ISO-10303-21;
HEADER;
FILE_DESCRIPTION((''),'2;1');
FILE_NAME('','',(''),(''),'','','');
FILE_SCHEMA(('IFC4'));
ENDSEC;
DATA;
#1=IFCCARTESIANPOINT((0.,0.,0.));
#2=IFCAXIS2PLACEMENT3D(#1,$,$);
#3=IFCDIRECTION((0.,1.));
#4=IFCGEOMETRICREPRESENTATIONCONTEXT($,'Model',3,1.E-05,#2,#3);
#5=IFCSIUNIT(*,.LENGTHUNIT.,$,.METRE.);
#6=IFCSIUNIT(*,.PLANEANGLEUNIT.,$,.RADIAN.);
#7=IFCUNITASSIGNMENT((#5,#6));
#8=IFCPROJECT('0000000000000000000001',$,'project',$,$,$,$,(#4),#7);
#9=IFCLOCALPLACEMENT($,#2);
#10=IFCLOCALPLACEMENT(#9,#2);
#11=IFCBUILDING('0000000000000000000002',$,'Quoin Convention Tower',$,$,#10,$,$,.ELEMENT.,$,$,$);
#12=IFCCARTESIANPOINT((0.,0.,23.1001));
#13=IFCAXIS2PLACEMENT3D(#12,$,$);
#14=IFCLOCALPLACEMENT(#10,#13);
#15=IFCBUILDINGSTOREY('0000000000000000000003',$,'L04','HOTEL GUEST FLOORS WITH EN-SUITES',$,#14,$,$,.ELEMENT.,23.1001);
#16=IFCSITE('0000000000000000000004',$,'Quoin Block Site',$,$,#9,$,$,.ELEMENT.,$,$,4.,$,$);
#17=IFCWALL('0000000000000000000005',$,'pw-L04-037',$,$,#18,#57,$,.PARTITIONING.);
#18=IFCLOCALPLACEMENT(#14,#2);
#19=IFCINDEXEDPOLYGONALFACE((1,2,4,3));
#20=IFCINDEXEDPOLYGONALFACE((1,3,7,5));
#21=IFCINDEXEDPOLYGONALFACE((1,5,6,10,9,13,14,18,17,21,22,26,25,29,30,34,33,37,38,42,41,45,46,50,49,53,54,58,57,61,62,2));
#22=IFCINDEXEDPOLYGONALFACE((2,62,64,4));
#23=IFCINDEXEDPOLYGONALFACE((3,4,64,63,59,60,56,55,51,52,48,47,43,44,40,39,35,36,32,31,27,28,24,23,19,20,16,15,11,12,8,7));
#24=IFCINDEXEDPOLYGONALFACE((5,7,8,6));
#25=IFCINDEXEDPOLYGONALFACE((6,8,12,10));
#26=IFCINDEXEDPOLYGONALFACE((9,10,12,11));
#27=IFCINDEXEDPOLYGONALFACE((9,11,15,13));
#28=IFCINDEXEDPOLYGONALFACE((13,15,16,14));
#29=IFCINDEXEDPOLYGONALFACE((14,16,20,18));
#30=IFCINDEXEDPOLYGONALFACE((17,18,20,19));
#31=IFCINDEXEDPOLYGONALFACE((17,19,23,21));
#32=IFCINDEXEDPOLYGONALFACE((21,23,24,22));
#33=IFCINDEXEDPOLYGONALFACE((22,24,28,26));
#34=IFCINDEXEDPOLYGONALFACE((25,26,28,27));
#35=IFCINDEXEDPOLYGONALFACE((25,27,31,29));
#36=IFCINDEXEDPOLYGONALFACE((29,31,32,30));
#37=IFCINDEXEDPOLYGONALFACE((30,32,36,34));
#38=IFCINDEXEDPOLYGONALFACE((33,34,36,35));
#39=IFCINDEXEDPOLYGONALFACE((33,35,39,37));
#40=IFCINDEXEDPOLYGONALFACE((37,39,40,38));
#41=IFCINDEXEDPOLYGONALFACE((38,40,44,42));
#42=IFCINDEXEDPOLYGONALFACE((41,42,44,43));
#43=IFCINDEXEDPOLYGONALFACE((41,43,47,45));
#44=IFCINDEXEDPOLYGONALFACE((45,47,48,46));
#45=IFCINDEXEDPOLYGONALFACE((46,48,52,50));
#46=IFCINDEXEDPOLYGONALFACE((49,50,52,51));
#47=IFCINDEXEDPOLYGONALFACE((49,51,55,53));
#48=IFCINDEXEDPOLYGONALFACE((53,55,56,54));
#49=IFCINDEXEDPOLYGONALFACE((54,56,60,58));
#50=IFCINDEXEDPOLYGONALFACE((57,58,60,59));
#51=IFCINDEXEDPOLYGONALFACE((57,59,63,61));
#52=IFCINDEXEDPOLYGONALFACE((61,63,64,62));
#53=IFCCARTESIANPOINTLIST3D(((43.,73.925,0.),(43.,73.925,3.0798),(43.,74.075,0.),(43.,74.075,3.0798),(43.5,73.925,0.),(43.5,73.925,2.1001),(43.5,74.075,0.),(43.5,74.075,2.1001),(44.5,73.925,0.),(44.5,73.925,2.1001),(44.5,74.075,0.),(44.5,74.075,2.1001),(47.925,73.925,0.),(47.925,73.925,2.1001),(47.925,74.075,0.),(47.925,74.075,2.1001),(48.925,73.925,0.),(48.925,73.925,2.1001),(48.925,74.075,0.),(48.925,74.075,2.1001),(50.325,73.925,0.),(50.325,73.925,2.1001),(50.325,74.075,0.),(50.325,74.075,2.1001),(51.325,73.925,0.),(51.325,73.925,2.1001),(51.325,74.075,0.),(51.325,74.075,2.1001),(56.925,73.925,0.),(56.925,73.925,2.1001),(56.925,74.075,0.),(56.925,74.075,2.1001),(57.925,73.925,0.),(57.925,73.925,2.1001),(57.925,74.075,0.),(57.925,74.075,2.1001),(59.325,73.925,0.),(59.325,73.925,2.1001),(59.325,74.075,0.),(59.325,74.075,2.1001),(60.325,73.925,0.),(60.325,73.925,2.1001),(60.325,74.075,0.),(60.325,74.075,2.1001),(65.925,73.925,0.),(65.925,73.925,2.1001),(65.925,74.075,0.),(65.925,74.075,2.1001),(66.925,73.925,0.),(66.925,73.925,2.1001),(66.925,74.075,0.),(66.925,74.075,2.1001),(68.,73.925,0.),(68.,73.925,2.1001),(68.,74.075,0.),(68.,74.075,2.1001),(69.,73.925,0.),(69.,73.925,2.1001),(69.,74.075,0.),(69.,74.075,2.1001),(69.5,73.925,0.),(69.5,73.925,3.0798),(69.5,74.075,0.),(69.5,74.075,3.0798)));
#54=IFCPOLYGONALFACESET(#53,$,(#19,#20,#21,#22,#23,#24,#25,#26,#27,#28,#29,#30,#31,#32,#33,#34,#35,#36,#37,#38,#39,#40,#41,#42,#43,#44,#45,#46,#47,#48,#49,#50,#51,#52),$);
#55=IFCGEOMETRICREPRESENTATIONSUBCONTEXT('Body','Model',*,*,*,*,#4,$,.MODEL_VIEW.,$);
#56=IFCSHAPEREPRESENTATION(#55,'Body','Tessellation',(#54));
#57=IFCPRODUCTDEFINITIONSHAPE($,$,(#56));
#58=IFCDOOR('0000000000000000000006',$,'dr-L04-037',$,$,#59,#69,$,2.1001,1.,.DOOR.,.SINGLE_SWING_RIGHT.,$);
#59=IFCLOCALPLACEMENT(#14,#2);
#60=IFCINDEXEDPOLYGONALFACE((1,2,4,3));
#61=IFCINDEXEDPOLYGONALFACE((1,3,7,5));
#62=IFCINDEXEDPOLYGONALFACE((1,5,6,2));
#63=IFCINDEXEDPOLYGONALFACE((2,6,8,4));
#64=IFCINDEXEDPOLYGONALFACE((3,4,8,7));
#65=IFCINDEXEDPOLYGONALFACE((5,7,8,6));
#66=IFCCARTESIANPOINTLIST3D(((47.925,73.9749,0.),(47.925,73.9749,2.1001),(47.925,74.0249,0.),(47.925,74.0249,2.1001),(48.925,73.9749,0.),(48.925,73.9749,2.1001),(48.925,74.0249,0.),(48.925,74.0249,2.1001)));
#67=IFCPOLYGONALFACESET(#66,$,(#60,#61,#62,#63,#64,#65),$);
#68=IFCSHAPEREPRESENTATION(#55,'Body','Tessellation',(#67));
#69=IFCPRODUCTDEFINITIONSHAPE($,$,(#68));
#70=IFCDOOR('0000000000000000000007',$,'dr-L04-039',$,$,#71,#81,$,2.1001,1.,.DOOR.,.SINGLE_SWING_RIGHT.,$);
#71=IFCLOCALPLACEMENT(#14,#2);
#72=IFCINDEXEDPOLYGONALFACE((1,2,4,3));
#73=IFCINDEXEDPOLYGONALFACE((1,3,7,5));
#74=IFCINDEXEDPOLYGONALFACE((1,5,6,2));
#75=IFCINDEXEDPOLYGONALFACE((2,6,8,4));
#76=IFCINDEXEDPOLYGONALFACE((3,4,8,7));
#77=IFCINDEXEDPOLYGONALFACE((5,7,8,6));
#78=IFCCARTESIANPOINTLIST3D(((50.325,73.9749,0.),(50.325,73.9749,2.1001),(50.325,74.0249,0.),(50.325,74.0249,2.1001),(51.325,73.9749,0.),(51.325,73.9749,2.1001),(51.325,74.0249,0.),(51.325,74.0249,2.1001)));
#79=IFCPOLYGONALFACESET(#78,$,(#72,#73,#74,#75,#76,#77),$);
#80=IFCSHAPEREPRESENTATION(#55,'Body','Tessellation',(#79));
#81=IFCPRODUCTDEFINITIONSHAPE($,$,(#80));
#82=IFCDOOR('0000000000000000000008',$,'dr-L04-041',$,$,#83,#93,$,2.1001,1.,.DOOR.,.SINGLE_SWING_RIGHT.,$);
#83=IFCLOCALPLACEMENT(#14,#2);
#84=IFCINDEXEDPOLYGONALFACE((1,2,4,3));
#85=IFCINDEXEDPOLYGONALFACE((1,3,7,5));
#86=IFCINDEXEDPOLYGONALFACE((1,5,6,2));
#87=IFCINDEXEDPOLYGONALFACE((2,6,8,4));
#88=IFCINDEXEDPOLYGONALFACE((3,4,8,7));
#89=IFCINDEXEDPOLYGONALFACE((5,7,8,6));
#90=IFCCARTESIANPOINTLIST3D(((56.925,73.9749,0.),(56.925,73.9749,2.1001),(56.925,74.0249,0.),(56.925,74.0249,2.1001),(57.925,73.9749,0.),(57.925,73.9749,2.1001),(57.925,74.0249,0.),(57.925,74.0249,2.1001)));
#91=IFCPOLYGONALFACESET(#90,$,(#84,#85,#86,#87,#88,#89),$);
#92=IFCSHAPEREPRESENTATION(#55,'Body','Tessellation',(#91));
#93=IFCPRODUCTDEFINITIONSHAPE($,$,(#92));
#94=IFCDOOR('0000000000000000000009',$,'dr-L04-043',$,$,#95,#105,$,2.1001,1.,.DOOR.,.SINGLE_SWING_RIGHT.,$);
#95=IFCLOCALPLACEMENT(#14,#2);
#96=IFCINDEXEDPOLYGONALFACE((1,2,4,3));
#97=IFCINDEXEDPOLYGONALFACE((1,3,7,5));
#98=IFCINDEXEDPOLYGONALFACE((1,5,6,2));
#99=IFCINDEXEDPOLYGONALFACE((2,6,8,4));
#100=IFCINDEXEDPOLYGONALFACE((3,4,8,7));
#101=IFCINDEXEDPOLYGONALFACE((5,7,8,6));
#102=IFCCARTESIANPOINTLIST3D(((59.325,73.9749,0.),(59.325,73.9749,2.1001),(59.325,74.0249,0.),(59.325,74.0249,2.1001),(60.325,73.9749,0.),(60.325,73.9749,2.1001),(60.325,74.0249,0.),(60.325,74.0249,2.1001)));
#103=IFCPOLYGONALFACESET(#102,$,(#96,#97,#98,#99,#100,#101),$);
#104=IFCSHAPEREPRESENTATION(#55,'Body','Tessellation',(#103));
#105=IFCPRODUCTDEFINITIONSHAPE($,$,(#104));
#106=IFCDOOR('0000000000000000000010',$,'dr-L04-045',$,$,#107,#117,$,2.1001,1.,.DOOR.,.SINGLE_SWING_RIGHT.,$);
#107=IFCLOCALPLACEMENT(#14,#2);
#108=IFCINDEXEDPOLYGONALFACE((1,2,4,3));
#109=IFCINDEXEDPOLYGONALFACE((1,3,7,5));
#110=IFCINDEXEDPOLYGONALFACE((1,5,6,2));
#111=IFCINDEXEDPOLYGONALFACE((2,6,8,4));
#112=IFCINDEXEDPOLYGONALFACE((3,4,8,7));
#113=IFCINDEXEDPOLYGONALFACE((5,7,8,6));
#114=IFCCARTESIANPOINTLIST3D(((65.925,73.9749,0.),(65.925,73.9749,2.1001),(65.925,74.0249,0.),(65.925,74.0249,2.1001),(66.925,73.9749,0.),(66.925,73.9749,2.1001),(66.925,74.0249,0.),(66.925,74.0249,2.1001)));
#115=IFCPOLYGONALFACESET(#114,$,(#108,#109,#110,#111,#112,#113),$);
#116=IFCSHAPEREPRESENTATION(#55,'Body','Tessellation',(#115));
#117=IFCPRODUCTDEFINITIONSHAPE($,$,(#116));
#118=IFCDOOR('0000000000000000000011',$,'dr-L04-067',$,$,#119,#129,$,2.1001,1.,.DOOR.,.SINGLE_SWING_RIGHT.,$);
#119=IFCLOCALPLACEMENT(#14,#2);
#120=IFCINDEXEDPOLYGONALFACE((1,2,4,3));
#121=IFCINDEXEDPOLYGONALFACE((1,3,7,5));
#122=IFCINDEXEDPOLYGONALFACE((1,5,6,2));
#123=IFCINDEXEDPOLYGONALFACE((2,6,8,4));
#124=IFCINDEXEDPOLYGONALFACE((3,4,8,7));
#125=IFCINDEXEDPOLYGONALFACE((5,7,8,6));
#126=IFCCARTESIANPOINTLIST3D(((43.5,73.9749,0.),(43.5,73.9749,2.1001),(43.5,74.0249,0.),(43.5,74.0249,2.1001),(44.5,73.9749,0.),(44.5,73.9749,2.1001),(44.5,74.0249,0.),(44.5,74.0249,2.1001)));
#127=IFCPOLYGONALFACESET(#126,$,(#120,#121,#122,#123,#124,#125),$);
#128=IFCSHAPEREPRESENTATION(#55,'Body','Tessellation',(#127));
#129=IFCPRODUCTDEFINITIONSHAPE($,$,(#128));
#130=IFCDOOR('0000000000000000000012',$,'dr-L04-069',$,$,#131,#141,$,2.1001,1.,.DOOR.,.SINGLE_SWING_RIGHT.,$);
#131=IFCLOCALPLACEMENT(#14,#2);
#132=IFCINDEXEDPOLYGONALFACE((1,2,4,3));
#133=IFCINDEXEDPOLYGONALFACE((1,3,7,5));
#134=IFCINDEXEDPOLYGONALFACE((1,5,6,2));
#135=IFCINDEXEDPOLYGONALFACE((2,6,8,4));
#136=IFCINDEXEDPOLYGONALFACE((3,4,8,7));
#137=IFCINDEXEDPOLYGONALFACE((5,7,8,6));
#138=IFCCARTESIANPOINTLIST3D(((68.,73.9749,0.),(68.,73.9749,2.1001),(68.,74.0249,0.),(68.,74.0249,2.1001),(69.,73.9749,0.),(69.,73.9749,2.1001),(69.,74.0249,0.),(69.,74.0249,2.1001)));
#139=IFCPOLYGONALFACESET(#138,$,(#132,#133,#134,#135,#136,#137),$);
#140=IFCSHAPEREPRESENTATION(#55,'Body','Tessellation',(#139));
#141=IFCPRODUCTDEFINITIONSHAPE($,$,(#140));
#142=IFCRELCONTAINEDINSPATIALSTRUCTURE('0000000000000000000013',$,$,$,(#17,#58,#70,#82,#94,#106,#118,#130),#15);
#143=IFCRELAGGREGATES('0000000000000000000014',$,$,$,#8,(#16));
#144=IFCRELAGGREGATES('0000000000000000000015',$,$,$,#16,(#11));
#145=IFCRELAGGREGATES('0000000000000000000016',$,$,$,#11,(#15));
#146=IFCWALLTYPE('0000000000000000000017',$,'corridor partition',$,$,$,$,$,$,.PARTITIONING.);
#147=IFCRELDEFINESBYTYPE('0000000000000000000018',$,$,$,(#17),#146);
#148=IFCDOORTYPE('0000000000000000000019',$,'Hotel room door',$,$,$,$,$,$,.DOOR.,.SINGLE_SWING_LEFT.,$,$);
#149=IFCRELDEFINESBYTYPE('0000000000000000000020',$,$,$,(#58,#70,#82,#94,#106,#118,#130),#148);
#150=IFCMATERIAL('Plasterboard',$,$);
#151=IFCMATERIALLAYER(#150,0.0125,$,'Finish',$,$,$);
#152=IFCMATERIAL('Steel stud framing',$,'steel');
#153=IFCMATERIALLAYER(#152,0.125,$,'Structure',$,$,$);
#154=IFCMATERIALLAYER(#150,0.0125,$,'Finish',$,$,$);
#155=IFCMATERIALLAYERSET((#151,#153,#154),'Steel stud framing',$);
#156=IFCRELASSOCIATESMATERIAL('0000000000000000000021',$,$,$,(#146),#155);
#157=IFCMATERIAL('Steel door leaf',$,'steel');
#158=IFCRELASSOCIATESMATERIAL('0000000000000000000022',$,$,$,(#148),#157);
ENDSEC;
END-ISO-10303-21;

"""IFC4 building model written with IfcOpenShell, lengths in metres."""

from ifc_helpers import new_model, si_unit, direction, frame, frame_2d, origin, place, context, subcontext, project, spatial, rectangle, extrude, material, layer, layer_set, type_object, element, fill, save


model = new_model("IFC4")

# Units and contexts
model_context = context("Model", 3, precision=1e-05, world=origin(), true_north=direction((0.0, 1.0)))
body_context = subcontext(model_context, "Body", "Model", "MODEL_VIEW")
ifc_project = project(units=[si_unit("LENGTHUNIT", "METRE"), si_unit("PLANEANGLEUNIT", "RADIAN")], contexts=[model_context])

# Site, building, storey
site_placement = place(None, origin())
site = spatial("IfcSite", under=ifc_project, at=site_placement, Name="Quoin Block Site", CompositionType="ELEMENT", RefElevation=4.0)
building_placement = place(site_placement, origin())
building = spatial("IfcBuilding", under=site, at=building_placement, Name="Quoin Convention Tower", CompositionType="ELEMENT")
storey_placement = place(building_placement, frame((0.0, 0.0, 23.1001)))
storey = spatial("IfcBuildingStorey", under=building, at=storey_placement, Name="L04", Description="HOTEL GUEST FLOORS WITH EN-SUITES", CompositionType="ELEMENT", Elevation=23.1001)

# Shared definitions
ifc_material_1 = material(Name="Plasterboard")
ifc_material_2 = material(Name="Steel stud framing", Category="steel")
ifc_material_3 = material(Name="Steel door leaf", Category="steel")

# Wall, openings, doors
ifc_layer_1 = layer(ifc_material_1, 0.0125, Name="Finish")
ifc_layer_2 = layer(ifc_material_2, 0.125, Name="Structure")
ifc_layer_3 = layer(ifc_material_1, 0.0125, Name="Finish")
ifc_layer_set_1 = layer_set([ifc_layer_1, ifc_layer_2, ifc_layer_3], Name="Steel stud framing")
wall_type_1 = type_object("IfcWallType", Name="corridor partition", PredefinedType="PARTITIONING", material=ifc_layer_set_1)
wall_1_placement = place(storey_placement, frame((43.0, 74.0, 0.0), z_axis=(0.0, 0.0, 1.0), x_axis=(1.0, 0.0, 0.0)))
wall_1 = element("IfcWall", 1, at=wall_1_placement, inside=storey, type_object=wall_type_1, Name="pw-L04-037", PredefinedType="PARTITIONING", context=body_context, shape_type="SweptSolid", body=[
    extrude(rectangle(XDim=26.5, YDim=0.1499, at=frame_2d((13.25, 0.0))), origin(), (0.0, 0.0, 1.0), 3.0798),
])
opening_1_placement = place(wall_1_placement, frame((4.925, 0.0, 0.0)))
opening_1 = element("IfcOpeningElement", 2, at=opening_1_placement, cuts=wall_1, PredefinedType="OPENING", context=body_context, shape_type="SweptSolid", body=[
    extrude(rectangle(XDim=1.0, YDim=2.1001, at=frame_2d((0.5, 1.05))), frame((0.0, 0.085, 0.0), z_axis=(0.0, -1.0, 0.0), x_axis=(1.0, 0.0, 0.0)), (0.0, 0.0, 1.0), 0.1699),
])
opening_2_placement = place(wall_1_placement, frame((7.325, 0.0, 0.0)))
opening_2 = element("IfcOpeningElement", 3, at=opening_2_placement, cuts=wall_1, PredefinedType="OPENING", context=body_context, shape_type="SweptSolid", body=[
    extrude(rectangle(XDim=1.0, YDim=2.1001, at=frame_2d((0.5, 1.05))), frame((0.0, 0.085, 0.0), z_axis=(0.0, -1.0, 0.0), x_axis=(1.0, 0.0, 0.0)), (0.0, 0.0, 1.0), 0.1699),
])
opening_3_placement = place(wall_1_placement, frame((13.925, 0.0, 0.0)))
opening_3 = element("IfcOpeningElement", 4, at=opening_3_placement, cuts=wall_1, PredefinedType="OPENING", context=body_context, shape_type="SweptSolid", body=[
    extrude(rectangle(XDim=1.0, YDim=2.1001, at=frame_2d((0.5, 1.05))), frame((0.0, 0.085, 0.0), z_axis=(0.0, -1.0, 0.0), x_axis=(1.0, 0.0, 0.0)), (0.0, 0.0, 1.0), 0.1699),
])
opening_4_placement = place(wall_1_placement, frame((16.325, 0.0, 0.0)))
opening_4 = element("IfcOpeningElement", 5, at=opening_4_placement, cuts=wall_1, PredefinedType="OPENING", context=body_context, shape_type="SweptSolid", body=[
    extrude(rectangle(XDim=1.0, YDim=2.1001, at=frame_2d((0.5, 1.05))), frame((0.0, 0.085, 0.0), z_axis=(0.0, -1.0, 0.0), x_axis=(1.0, 0.0, 0.0)), (0.0, 0.0, 1.0), 0.1699),
])
opening_5_placement = place(wall_1_placement, frame((22.925, 0.0, 0.0)))
opening_5 = element("IfcOpeningElement", 6, at=opening_5_placement, cuts=wall_1, PredefinedType="OPENING", context=body_context, shape_type="SweptSolid", body=[
    extrude(rectangle(XDim=1.0, YDim=2.1001, at=frame_2d((0.5, 1.05))), frame((0.0, 0.085, 0.0), z_axis=(0.0, -1.0, 0.0), x_axis=(1.0, 0.0, 0.0)), (0.0, 0.0, 1.0), 0.1699),
])
opening_6_placement = place(wall_1_placement, frame((0.5, 0.0, 0.0)))
opening_6 = element("IfcOpeningElement", 7, at=opening_6_placement, cuts=wall_1, PredefinedType="OPENING", context=body_context, shape_type="SweptSolid", body=[
    extrude(rectangle(XDim=1.0, YDim=2.1001, at=frame_2d((0.5, 1.05))), frame((0.0, 0.085, 0.0), z_axis=(0.0, -1.0, 0.0), x_axis=(1.0, 0.0, 0.0)), (0.0, 0.0, 1.0), 0.1699),
])
opening_7_placement = place(wall_1_placement, frame((25.0, 0.0, 0.0)))
opening_7 = element("IfcOpeningElement", 8, at=opening_7_placement, cuts=wall_1, PredefinedType="OPENING", context=body_context, shape_type="SweptSolid", body=[
    extrude(rectangle(XDim=1.0, YDim=2.1001, at=frame_2d((0.5, 1.05))), frame((0.0, 0.085, 0.0), z_axis=(0.0, -1.0, 0.0), x_axis=(1.0, 0.0, 0.0)), (0.0, 0.0, 1.0), 0.1699),
])
door_type_1 = type_object("IfcDoorType", Name="Hotel room door", OperationType="SINGLE_SWING_LEFT", PredefinedType="DOOR", material=ifc_material_3)
door_1_placement = place(opening_1_placement, origin())
door_1 = element("IfcDoor", 9, at=door_1_placement, inside=storey, type_object=door_type_1, Name="dr-L04-037", OperationType="SINGLE_SWING_RIGHT", OverallHeight=2.1001, OverallWidth=1.0, PredefinedType="DOOR", context=body_context, shape_type="SweptSolid", body=[
    extrude(rectangle(XDim=1.0, YDim=2.1001, at=frame_2d((0.5, 1.05))), frame((0.0, 0.0249, 0.0), z_axis=(0.0, -1.0, 0.0), x_axis=(1.0, 0.0, 0.0)), (0.0, 0.0, 1.0), 0.05),
])
fill(opening_1, door_1)
door_2_placement = place(opening_2_placement, origin())
door_2 = element("IfcDoor", 10, at=door_2_placement, inside=storey, type_object=door_type_1, Name="dr-L04-039", OperationType="SINGLE_SWING_RIGHT", OverallHeight=2.1001, OverallWidth=1.0, PredefinedType="DOOR", context=body_context, shape_type="SweptSolid", body=[
    extrude(rectangle(XDim=1.0, YDim=2.1001, at=frame_2d((0.5, 1.05))), frame((0.0, 0.0249, 0.0), z_axis=(0.0, -1.0, 0.0), x_axis=(1.0, 0.0, 0.0)), (0.0, 0.0, 1.0), 0.05),
])
fill(opening_2, door_2)
door_3_placement = place(opening_3_placement, origin())
door_3 = element("IfcDoor", 11, at=door_3_placement, inside=storey, type_object=door_type_1, Name="dr-L04-041", OperationType="SINGLE_SWING_RIGHT", OverallHeight=2.1001, OverallWidth=1.0, PredefinedType="DOOR", context=body_context, shape_type="SweptSolid", body=[
    extrude(rectangle(XDim=1.0, YDim=2.1001, at=frame_2d((0.5, 1.05))), frame((0.0, 0.0249, 0.0), z_axis=(0.0, -1.0, 0.0), x_axis=(1.0, 0.0, 0.0)), (0.0, 0.0, 1.0), 0.05),
])
fill(opening_3, door_3)
door_4_placement = place(opening_4_placement, origin())
door_4 = element("IfcDoor", 12, at=door_4_placement, inside=storey, type_object=door_type_1, Name="dr-L04-043", OperationType="SINGLE_SWING_RIGHT", OverallHeight=2.1001, OverallWidth=1.0, PredefinedType="DOOR", context=body_context, shape_type="SweptSolid", body=[
    extrude(rectangle(XDim=1.0, YDim=2.1001, at=frame_2d((0.5, 1.05))), frame((0.0, 0.0249, 0.0), z_axis=(0.0, -1.0, 0.0), x_axis=(1.0, 0.0, 0.0)), (0.0, 0.0, 1.0), 0.05),
])
fill(opening_4, door_4)
door_5_placement = place(opening_5_placement, origin())
door_5 = element("IfcDoor", 13, at=door_5_placement, inside=storey, type_object=door_type_1, Name="dr-L04-045", OperationType="SINGLE_SWING_RIGHT", OverallHeight=2.1001, OverallWidth=1.0, PredefinedType="DOOR", context=body_context, shape_type="SweptSolid", body=[
    extrude(rectangle(XDim=1.0, YDim=2.1001, at=frame_2d((0.5, 1.05))), frame((0.0, 0.0249, 0.0), z_axis=(0.0, -1.0, 0.0), x_axis=(1.0, 0.0, 0.0)), (0.0, 0.0, 1.0), 0.05),
])
fill(opening_5, door_5)
door_6_placement = place(opening_6_placement, origin())
door_6 = element("IfcDoor", 14, at=door_6_placement, inside=storey, type_object=door_type_1, Name="dr-L04-067", OperationType="SINGLE_SWING_RIGHT", OverallHeight=2.1001, OverallWidth=1.0, PredefinedType="DOOR", context=body_context, shape_type="SweptSolid", body=[
    extrude(rectangle(XDim=1.0, YDim=2.1001, at=frame_2d((0.5, 1.05))), frame((0.0, 0.0249, 0.0), z_axis=(0.0, -1.0, 0.0), x_axis=(1.0, 0.0, 0.0)), (0.0, 0.0, 1.0), 0.05),
])
fill(opening_6, door_6)
door_7_placement = place(opening_7_placement, origin())
door_7 = element("IfcDoor", 15, at=door_7_placement, inside=storey, type_object=door_type_1, Name="dr-L04-069", OperationType="SINGLE_SWING_RIGHT", OverallHeight=2.1001, OverallWidth=1.0, PredefinedType="DOOR", context=body_context, shape_type="SweptSolid", body=[
    extrude(rectangle(XDim=1.0, YDim=2.1001, at=frame_2d((0.5, 1.05))), frame((0.0, 0.0249, 0.0), z_axis=(0.0, -1.0, 0.0), x_axis=(1.0, 0.0, 0.0)), (0.0, 0.0, 1.0), 0.05),
])
fill(opening_7, door_7)

save(model, "model.ifc")
